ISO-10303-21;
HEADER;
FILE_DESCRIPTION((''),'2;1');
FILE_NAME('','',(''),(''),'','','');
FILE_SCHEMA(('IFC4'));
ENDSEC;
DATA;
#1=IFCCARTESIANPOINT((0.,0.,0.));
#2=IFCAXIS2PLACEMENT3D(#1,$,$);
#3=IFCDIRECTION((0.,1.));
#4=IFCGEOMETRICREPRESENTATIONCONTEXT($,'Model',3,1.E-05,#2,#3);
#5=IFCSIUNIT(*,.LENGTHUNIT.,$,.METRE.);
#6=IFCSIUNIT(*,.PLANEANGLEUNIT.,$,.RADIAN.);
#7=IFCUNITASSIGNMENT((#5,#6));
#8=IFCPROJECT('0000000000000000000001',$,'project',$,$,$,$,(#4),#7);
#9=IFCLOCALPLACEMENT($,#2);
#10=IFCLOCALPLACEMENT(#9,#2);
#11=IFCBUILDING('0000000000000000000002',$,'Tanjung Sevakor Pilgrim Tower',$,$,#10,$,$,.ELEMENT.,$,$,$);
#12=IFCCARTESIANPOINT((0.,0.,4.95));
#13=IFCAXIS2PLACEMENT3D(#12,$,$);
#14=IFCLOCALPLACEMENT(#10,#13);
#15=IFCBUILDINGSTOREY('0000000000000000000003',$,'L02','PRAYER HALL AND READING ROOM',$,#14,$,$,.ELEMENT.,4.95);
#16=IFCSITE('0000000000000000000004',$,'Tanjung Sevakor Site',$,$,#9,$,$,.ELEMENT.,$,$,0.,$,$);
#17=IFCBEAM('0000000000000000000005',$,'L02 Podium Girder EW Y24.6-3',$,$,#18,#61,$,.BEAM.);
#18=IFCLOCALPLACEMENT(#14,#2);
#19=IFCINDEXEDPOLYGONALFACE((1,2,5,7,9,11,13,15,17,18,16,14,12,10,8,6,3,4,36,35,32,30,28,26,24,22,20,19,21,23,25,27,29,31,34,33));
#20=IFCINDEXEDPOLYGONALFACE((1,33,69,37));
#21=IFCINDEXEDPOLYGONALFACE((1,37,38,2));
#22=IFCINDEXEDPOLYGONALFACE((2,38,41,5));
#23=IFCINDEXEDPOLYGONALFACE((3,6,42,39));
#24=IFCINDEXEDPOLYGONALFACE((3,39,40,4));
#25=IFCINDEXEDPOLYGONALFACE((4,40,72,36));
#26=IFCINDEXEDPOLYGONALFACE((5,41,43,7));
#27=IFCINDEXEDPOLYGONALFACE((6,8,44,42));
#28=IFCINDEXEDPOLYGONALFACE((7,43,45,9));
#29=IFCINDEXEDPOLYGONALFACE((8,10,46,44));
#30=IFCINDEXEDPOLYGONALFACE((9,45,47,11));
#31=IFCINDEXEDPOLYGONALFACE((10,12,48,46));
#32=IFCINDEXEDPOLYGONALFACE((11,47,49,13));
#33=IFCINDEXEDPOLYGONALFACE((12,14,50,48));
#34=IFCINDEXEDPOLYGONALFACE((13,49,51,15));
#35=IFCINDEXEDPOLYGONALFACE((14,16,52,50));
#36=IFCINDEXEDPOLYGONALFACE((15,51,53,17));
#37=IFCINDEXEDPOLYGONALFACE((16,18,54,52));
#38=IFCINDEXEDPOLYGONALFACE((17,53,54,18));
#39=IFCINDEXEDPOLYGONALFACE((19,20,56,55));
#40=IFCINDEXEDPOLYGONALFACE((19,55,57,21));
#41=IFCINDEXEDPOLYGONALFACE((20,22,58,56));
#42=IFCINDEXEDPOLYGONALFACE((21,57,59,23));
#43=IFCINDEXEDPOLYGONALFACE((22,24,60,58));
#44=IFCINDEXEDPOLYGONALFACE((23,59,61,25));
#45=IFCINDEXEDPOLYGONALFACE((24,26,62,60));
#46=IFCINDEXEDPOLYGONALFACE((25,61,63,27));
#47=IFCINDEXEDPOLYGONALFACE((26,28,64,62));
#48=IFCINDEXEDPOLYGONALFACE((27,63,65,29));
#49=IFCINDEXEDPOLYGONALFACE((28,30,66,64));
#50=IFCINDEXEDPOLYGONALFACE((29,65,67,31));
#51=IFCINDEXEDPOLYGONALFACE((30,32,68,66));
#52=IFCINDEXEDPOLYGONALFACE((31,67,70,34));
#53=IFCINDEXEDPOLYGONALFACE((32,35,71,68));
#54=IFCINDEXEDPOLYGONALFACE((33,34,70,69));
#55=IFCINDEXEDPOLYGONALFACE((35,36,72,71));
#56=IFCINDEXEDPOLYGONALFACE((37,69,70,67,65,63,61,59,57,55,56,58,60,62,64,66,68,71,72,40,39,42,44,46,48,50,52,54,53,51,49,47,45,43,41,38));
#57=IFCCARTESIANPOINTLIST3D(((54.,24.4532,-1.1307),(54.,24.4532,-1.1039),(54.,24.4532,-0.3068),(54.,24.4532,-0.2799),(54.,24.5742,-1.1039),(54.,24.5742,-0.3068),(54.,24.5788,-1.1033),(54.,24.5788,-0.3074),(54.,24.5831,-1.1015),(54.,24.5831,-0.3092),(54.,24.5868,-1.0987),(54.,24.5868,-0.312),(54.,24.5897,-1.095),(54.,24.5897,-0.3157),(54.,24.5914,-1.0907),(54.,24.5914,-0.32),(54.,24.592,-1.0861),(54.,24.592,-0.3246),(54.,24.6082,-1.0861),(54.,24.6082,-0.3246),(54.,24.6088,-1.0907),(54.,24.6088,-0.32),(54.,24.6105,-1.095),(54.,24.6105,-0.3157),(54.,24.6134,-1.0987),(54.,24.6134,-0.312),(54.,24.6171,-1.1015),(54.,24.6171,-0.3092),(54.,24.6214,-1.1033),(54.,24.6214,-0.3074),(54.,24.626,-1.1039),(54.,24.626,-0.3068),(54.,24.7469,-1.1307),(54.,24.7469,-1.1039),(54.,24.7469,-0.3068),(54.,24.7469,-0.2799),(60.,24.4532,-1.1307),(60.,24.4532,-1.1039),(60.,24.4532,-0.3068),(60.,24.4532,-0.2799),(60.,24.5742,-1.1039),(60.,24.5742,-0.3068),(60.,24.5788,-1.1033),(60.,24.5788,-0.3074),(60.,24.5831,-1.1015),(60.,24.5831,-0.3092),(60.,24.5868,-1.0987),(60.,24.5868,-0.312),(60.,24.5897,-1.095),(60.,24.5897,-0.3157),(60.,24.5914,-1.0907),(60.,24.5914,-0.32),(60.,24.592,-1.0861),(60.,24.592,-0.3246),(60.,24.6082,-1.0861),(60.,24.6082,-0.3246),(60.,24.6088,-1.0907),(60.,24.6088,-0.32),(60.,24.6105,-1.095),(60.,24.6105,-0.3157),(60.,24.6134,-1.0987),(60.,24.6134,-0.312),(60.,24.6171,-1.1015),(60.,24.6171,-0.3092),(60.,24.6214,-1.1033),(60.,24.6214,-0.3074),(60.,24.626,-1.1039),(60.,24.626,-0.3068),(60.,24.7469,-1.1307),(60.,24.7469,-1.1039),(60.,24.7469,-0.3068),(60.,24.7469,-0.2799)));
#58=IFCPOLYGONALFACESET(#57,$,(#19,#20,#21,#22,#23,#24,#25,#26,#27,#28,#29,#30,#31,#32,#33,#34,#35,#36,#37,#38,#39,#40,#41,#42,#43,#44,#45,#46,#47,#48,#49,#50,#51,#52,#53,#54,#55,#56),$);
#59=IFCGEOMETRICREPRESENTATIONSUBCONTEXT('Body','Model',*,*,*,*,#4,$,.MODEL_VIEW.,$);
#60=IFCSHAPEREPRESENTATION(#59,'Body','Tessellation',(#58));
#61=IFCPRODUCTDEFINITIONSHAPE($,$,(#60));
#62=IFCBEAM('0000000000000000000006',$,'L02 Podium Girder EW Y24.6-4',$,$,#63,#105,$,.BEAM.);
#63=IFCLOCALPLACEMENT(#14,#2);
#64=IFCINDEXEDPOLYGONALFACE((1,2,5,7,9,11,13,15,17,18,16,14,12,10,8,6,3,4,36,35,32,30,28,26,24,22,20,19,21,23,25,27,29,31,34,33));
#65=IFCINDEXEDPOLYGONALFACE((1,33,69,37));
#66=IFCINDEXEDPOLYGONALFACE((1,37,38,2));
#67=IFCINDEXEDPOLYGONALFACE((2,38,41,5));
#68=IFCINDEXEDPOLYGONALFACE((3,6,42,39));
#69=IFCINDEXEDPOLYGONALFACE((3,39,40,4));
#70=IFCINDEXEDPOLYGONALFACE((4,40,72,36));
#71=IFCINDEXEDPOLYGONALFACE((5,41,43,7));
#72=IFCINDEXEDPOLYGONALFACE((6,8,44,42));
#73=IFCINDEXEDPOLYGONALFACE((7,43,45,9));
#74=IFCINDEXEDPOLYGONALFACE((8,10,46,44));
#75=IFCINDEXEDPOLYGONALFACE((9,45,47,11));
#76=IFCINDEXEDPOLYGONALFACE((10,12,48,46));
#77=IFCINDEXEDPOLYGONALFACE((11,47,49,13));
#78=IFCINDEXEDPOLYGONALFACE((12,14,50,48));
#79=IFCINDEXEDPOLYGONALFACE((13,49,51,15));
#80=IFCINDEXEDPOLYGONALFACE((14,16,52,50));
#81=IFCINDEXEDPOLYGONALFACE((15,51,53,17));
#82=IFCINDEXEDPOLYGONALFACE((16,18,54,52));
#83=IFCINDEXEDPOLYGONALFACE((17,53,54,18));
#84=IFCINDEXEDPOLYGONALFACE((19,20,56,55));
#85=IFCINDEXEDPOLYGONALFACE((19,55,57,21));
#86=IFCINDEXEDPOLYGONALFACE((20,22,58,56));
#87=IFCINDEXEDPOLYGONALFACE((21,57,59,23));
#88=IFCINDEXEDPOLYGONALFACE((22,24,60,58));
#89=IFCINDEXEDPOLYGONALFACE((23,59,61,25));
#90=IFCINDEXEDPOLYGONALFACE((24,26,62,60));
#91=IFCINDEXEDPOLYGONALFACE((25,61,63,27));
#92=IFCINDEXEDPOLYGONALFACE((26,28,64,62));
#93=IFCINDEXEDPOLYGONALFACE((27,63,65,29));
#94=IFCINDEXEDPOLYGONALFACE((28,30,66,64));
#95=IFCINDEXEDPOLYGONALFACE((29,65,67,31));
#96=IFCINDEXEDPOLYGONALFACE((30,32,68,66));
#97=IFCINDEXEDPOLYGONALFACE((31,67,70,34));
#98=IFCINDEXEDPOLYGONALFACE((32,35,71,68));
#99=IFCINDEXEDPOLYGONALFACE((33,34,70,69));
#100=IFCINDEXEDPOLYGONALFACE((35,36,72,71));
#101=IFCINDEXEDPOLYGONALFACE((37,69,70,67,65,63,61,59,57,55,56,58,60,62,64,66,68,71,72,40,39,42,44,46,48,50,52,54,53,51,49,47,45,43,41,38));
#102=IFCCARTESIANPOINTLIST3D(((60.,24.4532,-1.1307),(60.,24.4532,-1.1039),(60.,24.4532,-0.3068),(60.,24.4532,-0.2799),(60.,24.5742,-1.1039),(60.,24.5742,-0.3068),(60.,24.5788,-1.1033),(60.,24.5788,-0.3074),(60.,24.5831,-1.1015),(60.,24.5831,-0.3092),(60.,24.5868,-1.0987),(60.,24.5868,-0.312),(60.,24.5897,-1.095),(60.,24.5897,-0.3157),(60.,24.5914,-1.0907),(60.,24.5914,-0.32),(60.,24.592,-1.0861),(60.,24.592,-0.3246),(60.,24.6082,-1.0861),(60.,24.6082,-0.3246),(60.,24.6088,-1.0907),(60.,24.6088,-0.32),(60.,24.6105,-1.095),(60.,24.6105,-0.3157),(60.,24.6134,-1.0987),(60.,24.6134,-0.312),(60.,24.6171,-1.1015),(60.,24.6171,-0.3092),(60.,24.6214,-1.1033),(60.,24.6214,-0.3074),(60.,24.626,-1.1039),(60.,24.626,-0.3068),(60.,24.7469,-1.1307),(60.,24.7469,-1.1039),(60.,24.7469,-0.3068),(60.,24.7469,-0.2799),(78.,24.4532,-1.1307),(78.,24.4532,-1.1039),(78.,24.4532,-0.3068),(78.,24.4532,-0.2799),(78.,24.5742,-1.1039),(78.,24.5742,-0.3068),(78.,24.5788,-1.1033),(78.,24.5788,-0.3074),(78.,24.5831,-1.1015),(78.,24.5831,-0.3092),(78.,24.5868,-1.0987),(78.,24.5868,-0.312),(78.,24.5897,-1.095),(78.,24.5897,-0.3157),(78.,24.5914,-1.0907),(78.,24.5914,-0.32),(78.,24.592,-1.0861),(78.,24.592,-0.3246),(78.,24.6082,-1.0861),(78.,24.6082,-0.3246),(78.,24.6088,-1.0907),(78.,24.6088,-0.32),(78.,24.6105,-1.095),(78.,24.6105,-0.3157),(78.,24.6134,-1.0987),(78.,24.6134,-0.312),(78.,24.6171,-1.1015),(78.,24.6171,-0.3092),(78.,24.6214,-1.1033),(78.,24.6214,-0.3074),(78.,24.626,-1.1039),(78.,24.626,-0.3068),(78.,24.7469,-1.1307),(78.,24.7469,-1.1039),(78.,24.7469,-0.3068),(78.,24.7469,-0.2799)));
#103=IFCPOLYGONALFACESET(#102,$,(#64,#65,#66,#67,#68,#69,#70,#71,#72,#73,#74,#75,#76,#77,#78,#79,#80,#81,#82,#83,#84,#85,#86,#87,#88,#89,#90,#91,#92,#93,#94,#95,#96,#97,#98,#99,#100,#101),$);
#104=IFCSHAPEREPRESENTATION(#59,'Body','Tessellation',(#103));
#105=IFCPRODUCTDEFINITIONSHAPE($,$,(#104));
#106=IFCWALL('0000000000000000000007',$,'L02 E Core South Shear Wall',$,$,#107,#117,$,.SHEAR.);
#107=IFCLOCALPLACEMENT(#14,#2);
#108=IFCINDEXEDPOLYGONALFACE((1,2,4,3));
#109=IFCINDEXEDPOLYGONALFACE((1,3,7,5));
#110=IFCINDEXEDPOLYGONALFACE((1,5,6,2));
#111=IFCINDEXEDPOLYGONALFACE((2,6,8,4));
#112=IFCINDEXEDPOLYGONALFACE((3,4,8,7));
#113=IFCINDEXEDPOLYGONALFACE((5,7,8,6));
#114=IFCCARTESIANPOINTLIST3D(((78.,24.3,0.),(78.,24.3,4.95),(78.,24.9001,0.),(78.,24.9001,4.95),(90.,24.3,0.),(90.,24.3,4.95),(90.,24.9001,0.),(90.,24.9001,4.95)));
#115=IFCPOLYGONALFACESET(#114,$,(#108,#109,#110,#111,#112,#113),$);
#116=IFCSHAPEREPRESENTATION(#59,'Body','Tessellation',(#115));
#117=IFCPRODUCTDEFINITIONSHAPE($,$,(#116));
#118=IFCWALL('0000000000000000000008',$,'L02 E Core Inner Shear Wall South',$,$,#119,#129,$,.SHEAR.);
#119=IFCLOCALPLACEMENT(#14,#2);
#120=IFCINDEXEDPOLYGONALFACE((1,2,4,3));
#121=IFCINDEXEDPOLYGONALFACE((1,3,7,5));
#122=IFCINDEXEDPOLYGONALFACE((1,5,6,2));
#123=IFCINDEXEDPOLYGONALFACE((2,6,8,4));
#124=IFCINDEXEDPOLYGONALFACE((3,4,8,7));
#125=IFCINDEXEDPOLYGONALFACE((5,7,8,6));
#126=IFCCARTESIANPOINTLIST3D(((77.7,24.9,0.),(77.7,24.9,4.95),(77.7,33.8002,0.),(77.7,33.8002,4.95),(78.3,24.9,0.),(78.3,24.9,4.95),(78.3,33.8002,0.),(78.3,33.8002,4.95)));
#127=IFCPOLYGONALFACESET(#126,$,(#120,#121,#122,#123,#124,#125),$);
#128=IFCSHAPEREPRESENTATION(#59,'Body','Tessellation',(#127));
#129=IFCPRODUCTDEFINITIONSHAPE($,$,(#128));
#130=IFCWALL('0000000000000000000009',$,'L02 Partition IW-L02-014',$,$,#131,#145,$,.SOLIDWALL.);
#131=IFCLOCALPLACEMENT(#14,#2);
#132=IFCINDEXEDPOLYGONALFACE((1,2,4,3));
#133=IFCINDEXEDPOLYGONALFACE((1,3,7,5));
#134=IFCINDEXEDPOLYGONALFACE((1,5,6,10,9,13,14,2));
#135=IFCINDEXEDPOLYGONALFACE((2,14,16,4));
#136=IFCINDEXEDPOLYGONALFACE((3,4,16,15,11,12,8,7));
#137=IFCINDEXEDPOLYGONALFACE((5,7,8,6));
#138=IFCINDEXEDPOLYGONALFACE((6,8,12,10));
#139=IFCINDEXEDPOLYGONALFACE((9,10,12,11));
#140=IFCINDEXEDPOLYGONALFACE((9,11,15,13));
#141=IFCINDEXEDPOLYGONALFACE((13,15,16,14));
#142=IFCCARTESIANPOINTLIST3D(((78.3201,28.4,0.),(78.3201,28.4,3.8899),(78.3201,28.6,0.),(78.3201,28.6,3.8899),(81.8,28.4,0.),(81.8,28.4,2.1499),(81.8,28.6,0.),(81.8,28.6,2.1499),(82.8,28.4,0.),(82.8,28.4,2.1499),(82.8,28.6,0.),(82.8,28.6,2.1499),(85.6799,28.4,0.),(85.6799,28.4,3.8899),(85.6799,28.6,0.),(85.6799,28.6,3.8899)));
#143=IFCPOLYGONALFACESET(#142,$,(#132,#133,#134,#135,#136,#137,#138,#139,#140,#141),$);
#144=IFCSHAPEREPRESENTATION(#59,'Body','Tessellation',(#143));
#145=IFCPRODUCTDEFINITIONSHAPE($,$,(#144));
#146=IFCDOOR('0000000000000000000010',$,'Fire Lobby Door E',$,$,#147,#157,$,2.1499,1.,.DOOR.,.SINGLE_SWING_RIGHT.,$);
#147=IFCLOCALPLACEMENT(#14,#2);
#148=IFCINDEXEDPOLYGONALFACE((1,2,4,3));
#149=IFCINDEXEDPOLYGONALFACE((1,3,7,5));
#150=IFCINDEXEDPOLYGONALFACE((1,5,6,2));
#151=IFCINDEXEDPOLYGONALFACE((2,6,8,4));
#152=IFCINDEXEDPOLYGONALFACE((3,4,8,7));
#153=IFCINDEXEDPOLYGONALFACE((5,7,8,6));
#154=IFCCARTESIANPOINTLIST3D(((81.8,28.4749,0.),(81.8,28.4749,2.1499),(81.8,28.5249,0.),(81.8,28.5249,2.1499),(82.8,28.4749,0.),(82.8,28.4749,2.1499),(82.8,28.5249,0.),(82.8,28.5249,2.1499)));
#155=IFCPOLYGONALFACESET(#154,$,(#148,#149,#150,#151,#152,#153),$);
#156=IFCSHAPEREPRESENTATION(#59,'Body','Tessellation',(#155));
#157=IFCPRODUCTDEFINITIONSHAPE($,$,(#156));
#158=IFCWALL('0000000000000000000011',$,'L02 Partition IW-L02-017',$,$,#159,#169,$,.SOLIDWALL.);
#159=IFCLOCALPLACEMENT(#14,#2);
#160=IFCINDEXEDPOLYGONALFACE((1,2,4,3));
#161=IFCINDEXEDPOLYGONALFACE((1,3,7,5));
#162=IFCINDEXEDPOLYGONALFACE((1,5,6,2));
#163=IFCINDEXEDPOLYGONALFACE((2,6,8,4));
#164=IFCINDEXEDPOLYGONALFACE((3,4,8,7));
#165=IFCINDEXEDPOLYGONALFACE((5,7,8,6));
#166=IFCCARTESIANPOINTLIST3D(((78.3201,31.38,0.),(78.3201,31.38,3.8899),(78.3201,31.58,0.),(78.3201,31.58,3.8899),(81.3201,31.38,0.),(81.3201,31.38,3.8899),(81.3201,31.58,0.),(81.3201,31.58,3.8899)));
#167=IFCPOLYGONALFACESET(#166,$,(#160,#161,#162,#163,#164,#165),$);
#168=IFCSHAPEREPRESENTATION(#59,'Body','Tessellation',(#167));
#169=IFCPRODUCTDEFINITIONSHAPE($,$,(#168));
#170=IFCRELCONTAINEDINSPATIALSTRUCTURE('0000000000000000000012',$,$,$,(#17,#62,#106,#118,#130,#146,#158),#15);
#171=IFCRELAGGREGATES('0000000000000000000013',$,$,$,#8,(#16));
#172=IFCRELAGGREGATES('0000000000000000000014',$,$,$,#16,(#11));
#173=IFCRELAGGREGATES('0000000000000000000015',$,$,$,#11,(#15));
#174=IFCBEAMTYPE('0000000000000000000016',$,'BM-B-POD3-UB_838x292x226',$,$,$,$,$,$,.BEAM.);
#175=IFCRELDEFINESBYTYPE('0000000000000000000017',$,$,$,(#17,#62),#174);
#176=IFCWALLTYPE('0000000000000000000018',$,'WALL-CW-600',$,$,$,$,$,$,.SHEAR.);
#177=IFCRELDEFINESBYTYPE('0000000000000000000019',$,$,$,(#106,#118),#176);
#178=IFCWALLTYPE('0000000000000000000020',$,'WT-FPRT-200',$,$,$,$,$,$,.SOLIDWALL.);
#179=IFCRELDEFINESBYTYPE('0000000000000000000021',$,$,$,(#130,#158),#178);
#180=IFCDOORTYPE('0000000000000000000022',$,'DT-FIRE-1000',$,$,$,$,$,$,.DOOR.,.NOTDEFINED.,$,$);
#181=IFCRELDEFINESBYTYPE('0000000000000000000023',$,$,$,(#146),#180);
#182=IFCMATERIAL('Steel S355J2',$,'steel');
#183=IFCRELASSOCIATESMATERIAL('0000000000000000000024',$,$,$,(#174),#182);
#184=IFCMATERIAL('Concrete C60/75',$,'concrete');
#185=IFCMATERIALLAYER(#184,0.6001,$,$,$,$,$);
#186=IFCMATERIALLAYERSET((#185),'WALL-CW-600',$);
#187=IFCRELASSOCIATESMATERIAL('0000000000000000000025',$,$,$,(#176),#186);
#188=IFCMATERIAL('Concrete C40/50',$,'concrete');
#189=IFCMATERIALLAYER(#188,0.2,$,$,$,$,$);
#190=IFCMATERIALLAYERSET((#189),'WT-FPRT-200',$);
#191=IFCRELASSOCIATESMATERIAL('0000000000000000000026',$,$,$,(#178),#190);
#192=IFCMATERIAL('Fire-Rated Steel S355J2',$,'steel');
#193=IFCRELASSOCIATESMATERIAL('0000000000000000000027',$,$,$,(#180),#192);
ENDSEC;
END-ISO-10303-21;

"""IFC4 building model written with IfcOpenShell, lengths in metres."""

from ifc_helpers import new_model, si_unit, direction, frame, frame_2d, origin, origin_2d, place, context, subcontext, project, spatial, rectangle, i_section, extrude, material, layer, layer_set, material_profile, profile_set, type_object, element, fill, save


model = new_model("IFC4")

# Units and contexts
model_context = context("Model", 3, precision=1e-05, world=origin(), true_north=direction((0.0, 1.0)))
body_context = subcontext(model_context, "Body", "Model", "MODEL_VIEW")
ifc_project = project(units=[si_unit("LENGTHUNIT", "METRE"), si_unit("PLANEANGLEUNIT", "RADIAN")], contexts=[model_context])

# Site, building, storey
site_placement = place(None, origin())
site = spatial("IfcSite", under=ifc_project, at=site_placement, Name="Tanjung Sevakor Site", CompositionType="ELEMENT", RefElevation=0.0)
building_placement = place(site_placement, origin())
building = spatial("IfcBuilding", under=site, at=building_placement, Name="Tanjung Sevakor Pilgrim Tower", CompositionType="ELEMENT")
storey_placement = place(building_placement, frame((0.0, 0.0, 4.95)))
storey = spatial("IfcBuildingStorey", under=building, at=storey_placement, Name="L02", Description="PRAYER HALL AND READING ROOM", CompositionType="ELEMENT", Elevation=4.95)

# Beams
ifc_material_1 = material(Name="Steel S355J2", Category="steel")
ifc_material_profile_1 = material_profile(ifc_material_1, i_section(OverallWidth=0.2937, OverallDepth=0.8508, WebThickness=0.0161, FlangeThickness=0.0269, FilletRadius=0.0178, at=origin_2d()))
ifc_profile_set_1 = profile_set([ifc_material_profile_1], Name="Steel S355J2")
beam_type_1 = type_object("IfcBeamType", Name="BM-B-POD3-UB_838x292x226", PredefinedType="BEAM", material=ifc_profile_set_1)
beam_1_placement = place(storey_placement, frame((54.0, 24.6001, -0.7053), z_axis=(1.0, 0.0, 0.0), x_axis=(0.0, 1.0, 0.0)))
element("IfcBeam", 1, at=beam_1_placement, inside=storey, type_object=beam_type_1, Name="L02 Podium Girder EW Y24.6-3", PredefinedType="BEAM", context=body_context, shape_type="SweptSolid", body=[
    extrude(i_section(OverallWidth=0.2937, OverallDepth=0.8508, WebThickness=0.0161, FlangeThickness=0.0269, FilletRadius=0.0178, at=origin_2d()), origin(), (0.0, 0.0, 1.0), 6.0),
])
beam_2_placement = place(storey_placement, frame((60.0, 24.6001, -0.7053), z_axis=(1.0, 0.0, 0.0), x_axis=(0.0, 1.0, 0.0)))
element("IfcBeam", 2, at=beam_2_placement, inside=storey, type_object=beam_type_1, Name="L02 Podium Girder EW Y24.6-4", PredefinedType="BEAM", context=body_context, shape_type="SweptSolid", body=[
    extrude(i_section(OverallWidth=0.2937, OverallDepth=0.8508, WebThickness=0.0161, FlangeThickness=0.0269, FilletRadius=0.0178, at=origin_2d()), origin(), (0.0, 0.0, 1.0), 18.0),
])

# Walls
ifc_material_2 = material(Name="Concrete C60/75", Category="concrete")
ifc_layer_1 = layer(ifc_material_2, 0.6001)
ifc_layer_set_1 = layer_set([ifc_layer_1], Name="WALL-CW-600")
wall_type_1 = type_object("IfcWallType", Name="WALL-CW-600", PredefinedType="SHEAR", material=ifc_layer_set_1)
wall_1_placement = place(storey_placement, frame((78.0, 24.6001, 0.0), z_axis=(0.0, 0.0, 1.0), x_axis=(1.0, 0.0, 0.0)))
element("IfcWall", 3, at=wall_1_placement, inside=storey, type_object=wall_type_1, Name="L02 E Core South Shear Wall", PredefinedType="SHEAR", context=body_context, shape_type="SweptSolid", body=[
    extrude(rectangle(XDim=12.0, YDim=0.6001, at=frame_2d((6.0, 0.0))), origin(), (0.0, 0.0, 1.0), 4.95),
])
wall_2_placement = place(storey_placement, frame((78.0, 24.8999, 0.0), z_axis=(0.0, 0.0, 1.0), x_axis=(0.0, 1.0, 0.0)))
element("IfcWall", 4, at=wall_2_placement, inside=storey, type_object=wall_type_1, Name="L02 E Core Inner Shear Wall South", PredefinedType="SHEAR", context=body_context, shape_type="SweptSolid", body=[
    extrude(rectangle(XDim=8.9001, YDim=0.6001, at=frame_2d((4.4502, 0.0))), origin(), (0.0, 0.0, 1.0), 4.95),
])

# Wall, opening, door
ifc_material_3 = material(Name="Concrete C40/50", Category="concrete")
ifc_layer_2 = layer(ifc_material_3, 0.2)
ifc_layer_set_2 = layer_set([ifc_layer_2], Name="WT-FPRT-200")
wall_type_2 = type_object("IfcWallType", Name="WT-FPRT-200", PredefinedType="SOLIDWALL", material=ifc_layer_set_2)
wall_3_placement = place(storey_placement, frame((78.3201, 28.5, 0.0), z_axis=(0.0, 0.0, 1.0), x_axis=(1.0, 0.0, 0.0)))
wall_3 = element("IfcWall", 5, at=wall_3_placement, inside=storey, type_object=wall_type_2, Name="L02 Partition IW-L02-014", PredefinedType="SOLIDWALL", context=body_context, shape_type="SweptSolid", body=[
    extrude(rectangle(XDim=7.3599, YDim=0.2, at=frame_2d((3.6799, 0.0))), origin(), (0.0, 0.0, 1.0), 3.8899),
])
opening_placement = place(wall_3_placement, frame((3.48, 0.0, 0.0)))
opening = element("IfcOpeningElement", 6, at=opening_placement, cuts=wall_3, PredefinedType="OPENING", context=body_context, shape_type="SweptSolid", body=[
    extrude(rectangle(XDim=1.0, YDim=2.1499, at=frame_2d((0.5, 1.075))), frame((0.0, 0.1099, 0.0), z_axis=(0.0, -1.0, 0.0), x_axis=(1.0, 0.0, 0.0)), (0.0, 0.0, 1.0), 0.22),
])
ifc_material_4 = material(Name="Fire-Rated Steel S355J2", Category="steel")
door_type = type_object("IfcDoorType", Name="DT-FIRE-1000", OperationType="NOTDEFINED", PredefinedType="DOOR", material=ifc_material_4)
door_placement = place(opening_placement, origin())
door = element("IfcDoor", 7, at=door_placement, inside=storey, type_object=door_type, Name="Fire Lobby Door E", OperationType="SINGLE_SWING_RIGHT", OverallHeight=2.1499, OverallWidth=1.0, PredefinedType="DOOR", context=body_context, shape_type="SweptSolid", body=[
    extrude(rectangle(XDim=1.0, YDim=2.1499, at=frame_2d((0.5, 1.075))), frame((0.0, 0.0249, 0.0), z_axis=(0.0, -1.0, 0.0), x_axis=(1.0, 0.0, 0.0)), (0.0, 0.0, 1.0), 0.05),
])
fill(opening, door)

# Wall
wall_4_placement = place(storey_placement, frame((78.3201, 31.48, 0.0), z_axis=(0.0, 0.0, 1.0), x_axis=(1.0, 0.0, 0.0)))
element("IfcWall", 8, at=wall_4_placement, inside=storey, type_object=wall_type_2, Name="L02 Partition IW-L02-017", PredefinedType="SOLIDWALL", context=body_context, shape_type="SweptSolid", body=[
    extrude(rectangle(XDim=3.0, YDim=0.2, at=frame_2d((1.5, 0.0))), origin(), (0.0, 0.0, 1.0), 3.8899),
])

save(model, "model.ifc")
